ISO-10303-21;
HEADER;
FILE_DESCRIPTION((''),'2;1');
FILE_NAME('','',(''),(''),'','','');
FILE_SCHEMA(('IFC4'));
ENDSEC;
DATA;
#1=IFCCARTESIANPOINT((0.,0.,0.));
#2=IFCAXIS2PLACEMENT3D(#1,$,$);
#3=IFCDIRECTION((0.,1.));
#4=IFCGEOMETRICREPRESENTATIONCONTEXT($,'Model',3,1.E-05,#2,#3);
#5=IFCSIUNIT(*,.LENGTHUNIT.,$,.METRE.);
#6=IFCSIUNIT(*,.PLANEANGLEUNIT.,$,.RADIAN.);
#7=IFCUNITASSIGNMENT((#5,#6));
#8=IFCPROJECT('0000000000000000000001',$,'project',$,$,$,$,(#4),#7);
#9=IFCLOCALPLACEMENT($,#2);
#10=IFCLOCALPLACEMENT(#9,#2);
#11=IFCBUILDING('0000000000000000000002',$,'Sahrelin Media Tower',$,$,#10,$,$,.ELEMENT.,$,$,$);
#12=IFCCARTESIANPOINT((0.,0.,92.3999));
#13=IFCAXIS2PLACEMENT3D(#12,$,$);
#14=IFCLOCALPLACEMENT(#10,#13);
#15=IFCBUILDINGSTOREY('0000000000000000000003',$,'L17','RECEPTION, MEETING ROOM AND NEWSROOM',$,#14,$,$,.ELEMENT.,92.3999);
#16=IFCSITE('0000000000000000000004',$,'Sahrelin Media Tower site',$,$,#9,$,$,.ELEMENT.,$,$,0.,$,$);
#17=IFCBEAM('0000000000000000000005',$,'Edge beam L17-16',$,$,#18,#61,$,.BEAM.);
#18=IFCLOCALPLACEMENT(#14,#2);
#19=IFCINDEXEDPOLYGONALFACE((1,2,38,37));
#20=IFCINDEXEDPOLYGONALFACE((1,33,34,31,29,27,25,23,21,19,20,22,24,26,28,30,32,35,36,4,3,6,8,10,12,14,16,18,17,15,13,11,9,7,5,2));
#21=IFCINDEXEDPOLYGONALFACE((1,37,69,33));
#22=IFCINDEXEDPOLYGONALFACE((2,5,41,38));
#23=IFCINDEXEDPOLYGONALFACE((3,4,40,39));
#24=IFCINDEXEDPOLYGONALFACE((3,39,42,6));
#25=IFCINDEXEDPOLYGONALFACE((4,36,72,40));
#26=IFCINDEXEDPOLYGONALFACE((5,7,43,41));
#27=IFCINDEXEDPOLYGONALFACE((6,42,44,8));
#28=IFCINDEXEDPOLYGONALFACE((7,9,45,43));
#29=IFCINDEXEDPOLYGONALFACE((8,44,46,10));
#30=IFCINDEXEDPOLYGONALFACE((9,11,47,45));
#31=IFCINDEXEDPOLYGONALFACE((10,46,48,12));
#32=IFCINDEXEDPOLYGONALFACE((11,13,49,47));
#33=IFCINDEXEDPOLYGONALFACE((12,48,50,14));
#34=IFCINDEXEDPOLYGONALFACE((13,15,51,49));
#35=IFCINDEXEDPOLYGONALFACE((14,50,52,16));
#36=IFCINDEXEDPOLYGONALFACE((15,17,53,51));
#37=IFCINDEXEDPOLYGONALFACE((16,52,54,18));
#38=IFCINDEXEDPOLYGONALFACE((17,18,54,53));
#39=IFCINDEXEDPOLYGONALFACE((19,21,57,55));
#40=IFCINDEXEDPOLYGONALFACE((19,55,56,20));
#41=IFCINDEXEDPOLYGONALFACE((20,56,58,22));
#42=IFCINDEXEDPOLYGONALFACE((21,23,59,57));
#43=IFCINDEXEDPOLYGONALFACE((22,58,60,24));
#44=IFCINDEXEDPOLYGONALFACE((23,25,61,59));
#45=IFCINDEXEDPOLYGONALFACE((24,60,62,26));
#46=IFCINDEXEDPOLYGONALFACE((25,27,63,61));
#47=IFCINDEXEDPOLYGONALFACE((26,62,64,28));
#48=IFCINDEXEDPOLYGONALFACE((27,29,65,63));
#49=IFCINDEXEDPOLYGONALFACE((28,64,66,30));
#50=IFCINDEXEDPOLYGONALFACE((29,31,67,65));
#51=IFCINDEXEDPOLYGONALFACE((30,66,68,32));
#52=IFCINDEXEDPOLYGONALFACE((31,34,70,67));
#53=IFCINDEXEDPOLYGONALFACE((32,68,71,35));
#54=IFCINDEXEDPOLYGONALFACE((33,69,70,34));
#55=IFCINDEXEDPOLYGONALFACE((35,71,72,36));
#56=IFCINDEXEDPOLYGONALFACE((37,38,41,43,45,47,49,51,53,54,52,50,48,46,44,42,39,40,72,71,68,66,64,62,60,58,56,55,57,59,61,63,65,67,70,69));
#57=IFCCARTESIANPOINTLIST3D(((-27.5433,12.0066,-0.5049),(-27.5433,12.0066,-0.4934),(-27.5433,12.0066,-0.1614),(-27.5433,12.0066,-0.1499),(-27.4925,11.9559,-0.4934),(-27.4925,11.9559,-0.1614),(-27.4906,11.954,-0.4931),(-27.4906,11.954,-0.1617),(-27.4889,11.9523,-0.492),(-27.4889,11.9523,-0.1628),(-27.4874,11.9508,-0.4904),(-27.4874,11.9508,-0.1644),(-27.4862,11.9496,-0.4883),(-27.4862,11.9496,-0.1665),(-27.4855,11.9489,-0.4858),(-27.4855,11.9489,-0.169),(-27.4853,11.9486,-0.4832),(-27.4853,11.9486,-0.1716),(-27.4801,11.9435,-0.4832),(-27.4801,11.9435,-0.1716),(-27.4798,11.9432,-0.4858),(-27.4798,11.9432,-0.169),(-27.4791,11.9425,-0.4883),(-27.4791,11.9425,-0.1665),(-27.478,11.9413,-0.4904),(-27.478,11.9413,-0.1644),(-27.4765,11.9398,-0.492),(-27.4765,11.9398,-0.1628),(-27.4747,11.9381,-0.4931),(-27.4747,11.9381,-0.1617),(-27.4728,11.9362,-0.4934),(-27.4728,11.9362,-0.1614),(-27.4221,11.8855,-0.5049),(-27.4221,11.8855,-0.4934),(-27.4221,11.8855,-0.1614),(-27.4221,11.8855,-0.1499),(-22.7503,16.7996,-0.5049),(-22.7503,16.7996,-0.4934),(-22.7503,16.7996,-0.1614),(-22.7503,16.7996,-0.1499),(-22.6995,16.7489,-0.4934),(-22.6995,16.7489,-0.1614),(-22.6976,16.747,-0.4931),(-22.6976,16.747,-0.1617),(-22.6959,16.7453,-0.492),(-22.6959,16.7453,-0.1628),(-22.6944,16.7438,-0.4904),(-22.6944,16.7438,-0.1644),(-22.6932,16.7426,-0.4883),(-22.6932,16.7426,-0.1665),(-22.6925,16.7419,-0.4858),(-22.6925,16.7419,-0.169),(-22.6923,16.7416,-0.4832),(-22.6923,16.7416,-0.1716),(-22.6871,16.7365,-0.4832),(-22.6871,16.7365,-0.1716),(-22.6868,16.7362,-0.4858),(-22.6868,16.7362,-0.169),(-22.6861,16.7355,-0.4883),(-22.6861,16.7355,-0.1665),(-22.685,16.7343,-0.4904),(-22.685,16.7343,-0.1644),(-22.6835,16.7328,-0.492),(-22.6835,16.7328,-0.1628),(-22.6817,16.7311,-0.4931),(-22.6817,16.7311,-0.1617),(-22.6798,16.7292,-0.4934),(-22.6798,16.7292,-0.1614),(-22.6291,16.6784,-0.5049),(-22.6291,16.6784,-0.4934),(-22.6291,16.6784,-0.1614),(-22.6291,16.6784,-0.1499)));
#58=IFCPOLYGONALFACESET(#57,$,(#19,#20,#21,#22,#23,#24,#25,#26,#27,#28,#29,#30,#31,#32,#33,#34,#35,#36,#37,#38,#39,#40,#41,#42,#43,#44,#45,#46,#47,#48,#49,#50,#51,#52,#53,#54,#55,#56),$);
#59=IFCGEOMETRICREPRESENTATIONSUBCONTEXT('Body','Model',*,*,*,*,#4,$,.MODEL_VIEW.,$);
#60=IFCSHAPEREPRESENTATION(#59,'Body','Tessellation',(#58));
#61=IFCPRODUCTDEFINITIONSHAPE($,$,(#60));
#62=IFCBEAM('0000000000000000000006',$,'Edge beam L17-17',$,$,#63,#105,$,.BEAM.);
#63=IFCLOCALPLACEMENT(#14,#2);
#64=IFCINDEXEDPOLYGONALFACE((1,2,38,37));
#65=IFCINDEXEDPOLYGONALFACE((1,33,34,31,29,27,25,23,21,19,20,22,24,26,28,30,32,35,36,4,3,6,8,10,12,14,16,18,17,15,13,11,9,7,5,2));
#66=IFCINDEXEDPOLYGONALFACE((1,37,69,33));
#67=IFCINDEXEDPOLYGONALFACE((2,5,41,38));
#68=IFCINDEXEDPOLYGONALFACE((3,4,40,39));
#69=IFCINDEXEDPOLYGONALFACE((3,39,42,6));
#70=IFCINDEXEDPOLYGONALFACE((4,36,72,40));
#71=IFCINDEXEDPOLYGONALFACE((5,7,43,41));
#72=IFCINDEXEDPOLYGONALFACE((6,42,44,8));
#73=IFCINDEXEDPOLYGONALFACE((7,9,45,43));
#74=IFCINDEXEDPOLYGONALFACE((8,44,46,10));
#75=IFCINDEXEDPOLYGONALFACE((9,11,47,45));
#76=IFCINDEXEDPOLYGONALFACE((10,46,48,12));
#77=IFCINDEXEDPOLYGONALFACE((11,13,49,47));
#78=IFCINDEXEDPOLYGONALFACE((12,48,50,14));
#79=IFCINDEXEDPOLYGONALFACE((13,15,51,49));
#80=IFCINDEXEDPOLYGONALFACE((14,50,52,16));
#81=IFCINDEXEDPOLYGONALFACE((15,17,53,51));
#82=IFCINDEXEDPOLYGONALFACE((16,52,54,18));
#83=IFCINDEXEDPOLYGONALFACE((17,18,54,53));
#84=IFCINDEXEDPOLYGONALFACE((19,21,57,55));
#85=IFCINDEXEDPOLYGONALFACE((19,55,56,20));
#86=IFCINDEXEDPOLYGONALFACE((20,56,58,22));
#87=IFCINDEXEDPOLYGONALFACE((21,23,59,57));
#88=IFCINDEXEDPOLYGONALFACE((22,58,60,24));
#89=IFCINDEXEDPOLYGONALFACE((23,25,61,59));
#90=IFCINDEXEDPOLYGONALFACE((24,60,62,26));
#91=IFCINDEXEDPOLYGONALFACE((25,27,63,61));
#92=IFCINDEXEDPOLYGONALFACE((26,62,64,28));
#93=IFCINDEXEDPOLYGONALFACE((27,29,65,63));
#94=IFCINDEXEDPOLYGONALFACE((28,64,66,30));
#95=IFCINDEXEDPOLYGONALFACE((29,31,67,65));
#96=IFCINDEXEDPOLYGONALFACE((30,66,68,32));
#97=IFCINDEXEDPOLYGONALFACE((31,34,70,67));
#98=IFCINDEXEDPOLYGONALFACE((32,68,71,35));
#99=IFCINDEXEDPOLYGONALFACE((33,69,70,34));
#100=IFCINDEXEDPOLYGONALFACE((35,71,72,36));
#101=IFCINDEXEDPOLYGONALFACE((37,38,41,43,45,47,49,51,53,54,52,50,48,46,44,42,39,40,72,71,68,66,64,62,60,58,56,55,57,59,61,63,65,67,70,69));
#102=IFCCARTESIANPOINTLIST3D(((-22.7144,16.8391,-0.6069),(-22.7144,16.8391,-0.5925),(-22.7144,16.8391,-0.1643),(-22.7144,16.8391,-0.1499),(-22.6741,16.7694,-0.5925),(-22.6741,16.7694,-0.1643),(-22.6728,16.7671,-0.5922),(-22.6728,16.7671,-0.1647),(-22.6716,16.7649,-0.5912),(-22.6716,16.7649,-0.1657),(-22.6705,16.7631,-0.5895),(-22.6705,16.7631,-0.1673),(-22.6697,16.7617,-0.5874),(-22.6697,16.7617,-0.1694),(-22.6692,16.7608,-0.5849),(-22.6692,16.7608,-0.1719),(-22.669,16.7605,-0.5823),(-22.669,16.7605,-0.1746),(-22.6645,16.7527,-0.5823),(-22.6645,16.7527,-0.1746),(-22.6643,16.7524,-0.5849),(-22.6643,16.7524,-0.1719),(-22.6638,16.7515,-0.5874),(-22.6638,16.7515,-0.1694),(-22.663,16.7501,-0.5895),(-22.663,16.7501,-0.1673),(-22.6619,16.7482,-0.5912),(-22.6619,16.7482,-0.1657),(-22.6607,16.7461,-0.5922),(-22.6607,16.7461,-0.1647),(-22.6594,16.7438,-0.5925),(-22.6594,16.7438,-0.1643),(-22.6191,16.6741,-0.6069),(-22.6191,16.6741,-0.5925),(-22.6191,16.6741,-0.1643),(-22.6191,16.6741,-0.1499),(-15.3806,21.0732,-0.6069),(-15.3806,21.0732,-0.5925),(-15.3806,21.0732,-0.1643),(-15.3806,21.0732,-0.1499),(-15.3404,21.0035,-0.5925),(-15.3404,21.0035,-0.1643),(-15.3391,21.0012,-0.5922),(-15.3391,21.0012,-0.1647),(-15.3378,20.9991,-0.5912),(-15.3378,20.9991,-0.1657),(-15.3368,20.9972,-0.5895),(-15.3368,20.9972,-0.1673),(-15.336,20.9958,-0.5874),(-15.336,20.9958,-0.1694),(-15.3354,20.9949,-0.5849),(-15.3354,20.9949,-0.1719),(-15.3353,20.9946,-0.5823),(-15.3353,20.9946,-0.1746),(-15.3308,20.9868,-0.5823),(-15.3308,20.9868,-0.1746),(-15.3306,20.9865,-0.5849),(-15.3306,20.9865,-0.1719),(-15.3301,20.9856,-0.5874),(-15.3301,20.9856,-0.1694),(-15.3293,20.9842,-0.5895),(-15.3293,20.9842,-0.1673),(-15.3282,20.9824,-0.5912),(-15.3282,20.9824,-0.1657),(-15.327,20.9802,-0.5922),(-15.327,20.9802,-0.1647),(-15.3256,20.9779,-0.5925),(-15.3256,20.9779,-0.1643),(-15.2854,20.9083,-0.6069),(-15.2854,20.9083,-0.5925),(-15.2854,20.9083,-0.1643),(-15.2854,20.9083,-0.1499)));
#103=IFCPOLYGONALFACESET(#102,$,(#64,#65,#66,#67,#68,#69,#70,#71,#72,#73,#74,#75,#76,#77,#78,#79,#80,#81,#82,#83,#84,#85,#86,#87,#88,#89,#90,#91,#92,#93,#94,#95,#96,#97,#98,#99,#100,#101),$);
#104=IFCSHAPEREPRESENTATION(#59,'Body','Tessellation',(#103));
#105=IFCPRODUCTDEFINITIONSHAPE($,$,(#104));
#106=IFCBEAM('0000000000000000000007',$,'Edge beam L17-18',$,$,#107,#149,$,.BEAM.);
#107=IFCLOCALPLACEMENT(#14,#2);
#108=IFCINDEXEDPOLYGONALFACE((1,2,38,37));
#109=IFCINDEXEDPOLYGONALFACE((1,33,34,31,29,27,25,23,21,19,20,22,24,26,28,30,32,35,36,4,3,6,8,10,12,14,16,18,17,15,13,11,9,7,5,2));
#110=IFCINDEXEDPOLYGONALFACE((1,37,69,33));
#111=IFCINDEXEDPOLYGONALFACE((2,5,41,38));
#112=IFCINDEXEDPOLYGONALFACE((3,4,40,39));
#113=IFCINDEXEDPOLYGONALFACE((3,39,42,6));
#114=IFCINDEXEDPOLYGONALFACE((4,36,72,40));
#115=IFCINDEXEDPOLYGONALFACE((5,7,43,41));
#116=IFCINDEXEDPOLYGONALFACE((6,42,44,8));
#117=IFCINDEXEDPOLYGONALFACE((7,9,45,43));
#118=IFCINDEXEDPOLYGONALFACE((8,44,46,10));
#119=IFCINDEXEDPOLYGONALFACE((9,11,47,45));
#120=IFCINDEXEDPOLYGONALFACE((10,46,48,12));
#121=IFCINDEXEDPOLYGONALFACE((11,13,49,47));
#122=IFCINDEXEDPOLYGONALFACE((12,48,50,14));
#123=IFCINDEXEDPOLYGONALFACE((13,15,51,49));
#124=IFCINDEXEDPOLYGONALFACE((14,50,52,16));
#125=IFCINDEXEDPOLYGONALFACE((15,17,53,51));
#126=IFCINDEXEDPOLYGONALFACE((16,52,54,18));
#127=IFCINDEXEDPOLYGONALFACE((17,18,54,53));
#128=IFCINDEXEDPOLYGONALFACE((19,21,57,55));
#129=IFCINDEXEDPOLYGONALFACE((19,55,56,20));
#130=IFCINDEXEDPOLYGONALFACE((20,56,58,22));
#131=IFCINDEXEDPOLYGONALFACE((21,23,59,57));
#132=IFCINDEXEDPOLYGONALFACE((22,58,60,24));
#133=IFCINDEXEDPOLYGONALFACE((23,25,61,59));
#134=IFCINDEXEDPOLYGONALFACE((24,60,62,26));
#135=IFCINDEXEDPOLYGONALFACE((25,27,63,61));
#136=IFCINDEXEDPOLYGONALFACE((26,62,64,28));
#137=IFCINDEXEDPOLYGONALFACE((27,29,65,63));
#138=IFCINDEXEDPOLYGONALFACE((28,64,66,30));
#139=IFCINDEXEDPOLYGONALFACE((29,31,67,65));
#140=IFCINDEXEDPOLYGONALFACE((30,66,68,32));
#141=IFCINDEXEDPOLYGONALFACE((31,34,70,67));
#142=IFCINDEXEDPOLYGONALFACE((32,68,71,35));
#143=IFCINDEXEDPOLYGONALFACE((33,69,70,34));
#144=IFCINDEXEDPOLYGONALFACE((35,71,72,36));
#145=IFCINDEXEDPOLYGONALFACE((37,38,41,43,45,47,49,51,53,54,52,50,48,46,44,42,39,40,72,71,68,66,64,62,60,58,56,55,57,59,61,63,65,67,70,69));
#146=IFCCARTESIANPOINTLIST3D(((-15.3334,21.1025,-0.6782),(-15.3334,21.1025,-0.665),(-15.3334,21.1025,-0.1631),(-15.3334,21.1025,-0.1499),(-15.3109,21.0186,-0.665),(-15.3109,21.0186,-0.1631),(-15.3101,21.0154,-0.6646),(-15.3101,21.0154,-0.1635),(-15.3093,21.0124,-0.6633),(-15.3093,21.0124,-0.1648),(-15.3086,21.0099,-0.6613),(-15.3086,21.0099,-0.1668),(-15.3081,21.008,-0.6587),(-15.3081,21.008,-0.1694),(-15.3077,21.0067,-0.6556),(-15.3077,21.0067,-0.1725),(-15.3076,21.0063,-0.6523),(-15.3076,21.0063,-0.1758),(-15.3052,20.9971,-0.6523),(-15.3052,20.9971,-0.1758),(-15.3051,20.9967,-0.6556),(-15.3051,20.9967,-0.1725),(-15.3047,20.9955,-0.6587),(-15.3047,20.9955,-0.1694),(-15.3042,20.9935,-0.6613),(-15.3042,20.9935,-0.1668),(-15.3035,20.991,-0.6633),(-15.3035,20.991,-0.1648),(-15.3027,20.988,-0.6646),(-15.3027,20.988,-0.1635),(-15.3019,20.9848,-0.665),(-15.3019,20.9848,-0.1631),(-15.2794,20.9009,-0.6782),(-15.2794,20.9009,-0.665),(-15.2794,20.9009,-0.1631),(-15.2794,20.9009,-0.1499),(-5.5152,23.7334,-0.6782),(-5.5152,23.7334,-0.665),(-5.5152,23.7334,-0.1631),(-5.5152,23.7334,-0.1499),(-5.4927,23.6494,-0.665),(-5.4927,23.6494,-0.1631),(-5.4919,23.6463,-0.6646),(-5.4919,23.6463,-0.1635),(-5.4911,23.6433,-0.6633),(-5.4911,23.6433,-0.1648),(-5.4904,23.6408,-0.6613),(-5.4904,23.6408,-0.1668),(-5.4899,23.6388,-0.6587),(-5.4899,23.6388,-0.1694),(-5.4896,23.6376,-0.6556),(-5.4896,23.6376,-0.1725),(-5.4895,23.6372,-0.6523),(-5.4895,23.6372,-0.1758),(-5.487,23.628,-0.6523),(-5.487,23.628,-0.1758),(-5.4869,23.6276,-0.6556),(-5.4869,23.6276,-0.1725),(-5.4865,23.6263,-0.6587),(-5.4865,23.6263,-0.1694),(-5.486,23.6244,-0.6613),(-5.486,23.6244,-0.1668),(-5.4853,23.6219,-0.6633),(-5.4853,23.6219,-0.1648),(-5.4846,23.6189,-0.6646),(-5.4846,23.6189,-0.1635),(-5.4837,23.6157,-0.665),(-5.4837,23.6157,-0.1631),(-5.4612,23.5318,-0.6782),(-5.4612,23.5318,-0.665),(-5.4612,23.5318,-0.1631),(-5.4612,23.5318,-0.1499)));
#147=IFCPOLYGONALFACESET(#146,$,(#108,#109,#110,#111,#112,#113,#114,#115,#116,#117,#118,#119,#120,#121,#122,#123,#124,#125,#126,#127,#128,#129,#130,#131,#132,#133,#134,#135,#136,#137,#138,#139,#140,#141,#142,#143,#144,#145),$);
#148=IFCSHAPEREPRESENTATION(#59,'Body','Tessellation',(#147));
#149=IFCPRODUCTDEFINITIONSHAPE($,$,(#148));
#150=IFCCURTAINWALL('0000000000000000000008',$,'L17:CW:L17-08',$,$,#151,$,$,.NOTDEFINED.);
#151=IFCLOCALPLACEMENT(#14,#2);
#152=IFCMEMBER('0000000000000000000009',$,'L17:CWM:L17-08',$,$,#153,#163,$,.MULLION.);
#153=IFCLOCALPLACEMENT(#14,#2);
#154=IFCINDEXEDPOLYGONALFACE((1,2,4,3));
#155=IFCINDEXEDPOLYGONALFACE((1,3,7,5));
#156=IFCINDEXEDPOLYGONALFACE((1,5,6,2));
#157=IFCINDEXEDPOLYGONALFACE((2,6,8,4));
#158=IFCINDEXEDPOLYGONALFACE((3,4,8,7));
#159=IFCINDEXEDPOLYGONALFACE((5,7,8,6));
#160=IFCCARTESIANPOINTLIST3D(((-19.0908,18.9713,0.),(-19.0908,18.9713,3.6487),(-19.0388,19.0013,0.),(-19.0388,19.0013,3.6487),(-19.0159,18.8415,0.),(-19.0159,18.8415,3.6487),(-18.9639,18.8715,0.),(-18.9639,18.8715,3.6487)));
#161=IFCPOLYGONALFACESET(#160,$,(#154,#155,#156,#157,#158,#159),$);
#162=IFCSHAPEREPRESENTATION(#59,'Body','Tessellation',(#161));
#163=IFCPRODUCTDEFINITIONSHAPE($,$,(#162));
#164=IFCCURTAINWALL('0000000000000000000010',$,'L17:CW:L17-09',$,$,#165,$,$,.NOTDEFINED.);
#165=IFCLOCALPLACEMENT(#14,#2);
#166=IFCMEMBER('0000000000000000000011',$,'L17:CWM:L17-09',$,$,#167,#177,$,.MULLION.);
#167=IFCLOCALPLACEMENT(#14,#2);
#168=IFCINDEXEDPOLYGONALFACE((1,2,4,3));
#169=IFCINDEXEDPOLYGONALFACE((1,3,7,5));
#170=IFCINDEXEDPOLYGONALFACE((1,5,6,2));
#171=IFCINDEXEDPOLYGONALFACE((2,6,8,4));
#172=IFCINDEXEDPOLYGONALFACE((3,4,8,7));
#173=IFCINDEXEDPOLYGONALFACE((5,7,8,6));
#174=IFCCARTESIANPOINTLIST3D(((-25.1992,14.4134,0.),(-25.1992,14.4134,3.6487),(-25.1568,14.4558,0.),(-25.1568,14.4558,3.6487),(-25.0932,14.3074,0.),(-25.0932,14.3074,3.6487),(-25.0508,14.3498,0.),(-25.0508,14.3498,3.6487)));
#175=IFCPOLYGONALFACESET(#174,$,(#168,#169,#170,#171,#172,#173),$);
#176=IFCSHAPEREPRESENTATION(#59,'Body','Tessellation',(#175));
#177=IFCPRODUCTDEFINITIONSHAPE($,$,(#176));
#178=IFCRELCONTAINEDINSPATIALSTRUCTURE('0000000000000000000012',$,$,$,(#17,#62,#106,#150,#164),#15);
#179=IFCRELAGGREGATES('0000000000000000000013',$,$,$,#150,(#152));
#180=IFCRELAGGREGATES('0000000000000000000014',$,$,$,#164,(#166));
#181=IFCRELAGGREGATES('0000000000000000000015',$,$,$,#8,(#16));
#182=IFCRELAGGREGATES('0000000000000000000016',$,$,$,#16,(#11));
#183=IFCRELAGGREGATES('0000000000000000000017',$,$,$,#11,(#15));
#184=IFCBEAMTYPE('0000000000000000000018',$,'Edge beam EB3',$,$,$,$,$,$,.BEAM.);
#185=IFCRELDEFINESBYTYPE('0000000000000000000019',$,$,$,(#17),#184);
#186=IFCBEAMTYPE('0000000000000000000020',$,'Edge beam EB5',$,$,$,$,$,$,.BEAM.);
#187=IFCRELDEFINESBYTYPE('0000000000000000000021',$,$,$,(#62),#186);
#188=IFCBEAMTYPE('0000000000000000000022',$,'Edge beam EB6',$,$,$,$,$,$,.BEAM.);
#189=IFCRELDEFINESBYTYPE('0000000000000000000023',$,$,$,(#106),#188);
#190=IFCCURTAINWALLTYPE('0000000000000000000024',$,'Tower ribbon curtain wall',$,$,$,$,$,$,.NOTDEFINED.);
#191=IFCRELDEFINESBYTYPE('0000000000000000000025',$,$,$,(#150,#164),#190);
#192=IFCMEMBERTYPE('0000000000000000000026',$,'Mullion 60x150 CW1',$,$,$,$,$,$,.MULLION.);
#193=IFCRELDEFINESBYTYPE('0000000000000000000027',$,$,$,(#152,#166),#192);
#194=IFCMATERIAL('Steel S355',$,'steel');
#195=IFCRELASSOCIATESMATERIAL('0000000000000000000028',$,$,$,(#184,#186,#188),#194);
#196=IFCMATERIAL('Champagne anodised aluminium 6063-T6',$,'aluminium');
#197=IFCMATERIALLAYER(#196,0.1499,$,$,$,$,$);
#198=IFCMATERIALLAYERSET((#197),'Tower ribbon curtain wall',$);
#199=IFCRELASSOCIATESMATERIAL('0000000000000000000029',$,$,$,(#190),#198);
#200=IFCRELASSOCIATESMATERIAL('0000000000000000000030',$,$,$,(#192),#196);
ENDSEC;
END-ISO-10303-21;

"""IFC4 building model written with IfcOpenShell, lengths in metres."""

from ifc_helpers import new_model, si_unit, direction, frame, origin, origin_2d, place, context, subcontext, project, spatial, rectangle, i_section, extrude, material, layer, layer_set, material_profile, profile_set, type_object, element, aggregate, save


model = new_model("IFC4")

# Units and contexts
model_context = context("Model", 3, precision=1e-05, world=origin(), true_north=direction((0.0, 1.0)))
body_context = subcontext(model_context, "Body", "Model", "MODEL_VIEW")
ifc_project = project(units=[si_unit("LENGTHUNIT", "METRE"), si_unit("PLANEANGLEUNIT", "RADIAN")], contexts=[model_context])

# Site, building, storey
site_placement = place(None, origin())
site = spatial("IfcSite", under=ifc_project, at=site_placement, Name="Sahrelin Media Tower site", CompositionType="ELEMENT", RefElevation=0.0)
building_placement = place(site_placement, origin())
building = spatial("IfcBuilding", under=site, at=building_placement, Name="Sahrelin Media Tower", CompositionType="ELEMENT")
storey_placement = place(building_placement, frame((0.0, 0.0, 92.3999)))
storey = spatial("IfcBuildingStorey", under=building, at=storey_placement, Name="L17", Description="RECEPTION, MEETING ROOM AND NEWSROOM", CompositionType="ELEMENT", Elevation=92.3999)

# Beams
ifc_material_1 = material(Name="Steel S355", Category="steel")
ifc_material_profile_1 = material_profile(ifc_material_1, i_section(OverallWidth=0.1714, OverallDepth=0.355, WebThickness=0.0073, FlangeThickness=0.0115, FilletRadius=0.0103, at=origin_2d()), Name="UB 356x171x51")
ifc_profile_set_1 = profile_set([ifc_material_profile_1], Name="Steel S355")
beam_type_1 = type_object("IfcBeamType", Name="Edge beam EB3", PredefinedType="BEAM", material=ifc_profile_set_1)
beam_1_placement = place(storey_placement, frame((-27.4827, 11.946, -0.3274), z_axis=(0.707107, 0.707107, 0.0), x_axis=(-0.707107, 0.707107, 0.0)))
element("IfcBeam", 1, at=beam_1_placement, inside=storey, type_object=beam_type_1, Name="Edge beam L17-16", PredefinedType="BEAM", context=body_context, shape_type="SweptSolid", body=[
    extrude(i_section(OverallWidth=0.1714, OverallDepth=0.355, WebThickness=0.0073, FlangeThickness=0.0115, FilletRadius=0.0103, at=origin_2d()), origin(), (0.0, 0.0, 1.0), 6.7783),
])
ifc_material_profile_2 = material_profile(ifc_material_1, i_section(OverallWidth=0.1904, OverallDepth=0.457, WebThickness=0.009, FlangeThickness=0.0144, FilletRadius=0.0103, at=origin_2d()), Name="UB 457x191x74")
ifc_profile_set_2 = profile_set([ifc_material_profile_2], Name="Steel S355")
beam_type_2 = type_object("IfcBeamType", Name="Edge beam EB5", PredefinedType="BEAM", material=ifc_profile_set_2)
beam_2_placement = place(storey_placement, frame((-22.6667, 16.7566, -0.3784), z_axis=(0.866026, 0.499999, 0.0), x_axis=(-0.499999, 0.866026, 0.0)))
element("IfcBeam", 2, at=beam_2_placement, inside=storey, type_object=beam_type_2, Name="Edge beam L17-17", PredefinedType="BEAM", context=body_context, shape_type="SweptSolid", body=[
    extrude(i_section(OverallWidth=0.1904, OverallDepth=0.457, WebThickness=0.009, FlangeThickness=0.0144, FilletRadius=0.0103, at=origin_2d()), origin(), (0.0, 0.0, 1.0), 8.4683),
])
ifc_material_profile_3 = material_profile(ifc_material_1, i_section(OverallWidth=0.2087, OverallDepth=0.5283, WebThickness=0.0095, FlangeThickness=0.0132, FilletRadius=0.0127, at=origin_2d()), Name="UB 533x210x82")
ifc_profile_set_3 = profile_set([ifc_material_profile_3], Name="Steel S355")
beam_type_3 = type_object("IfcBeamType", Name="Edge beam EB6", PredefinedType="BEAM", material=ifc_profile_set_3)
beam_3_placement = place(storey_placement, frame((-15.3064, 21.0017, -0.4141), z_axis=(0.965923, 0.258829, 0.0), x_axis=(-0.258829, 0.965923, 0.0)))
element("IfcBeam", 3, at=beam_3_placement, inside=storey, type_object=beam_type_3, Name="Edge beam L17-18", PredefinedType="BEAM", context=body_context, shape_type="SweptSolid", body=[
    extrude(i_section(OverallWidth=0.2087, OverallDepth=0.5283, WebThickness=0.0095, FlangeThickness=0.0132, FilletRadius=0.0127, at=origin_2d()), origin(), (0.0, 0.0, 1.0), 10.1646),
])

# Curtain walls, members
ifc_material_2 = material(Name="Champagne anodised aluminium 6063-T6", Category="aluminium")
ifc_layer_1 = layer(ifc_material_2, 0.1499)
ifc_layer_set_1 = layer_set([ifc_layer_1], Name="Tower ribbon curtain wall")
curtain_wall_type = type_object("IfcCurtainWallType", Name="Tower ribbon curtain wall", PredefinedType="NOTDEFINED", material=ifc_layer_set_1)
curtain_wall_1_placement = place(storey_placement, frame((-19.075, 19.0037, 0.0), z_axis=(0.0, 0.0, 1.0), x_axis=(1.0, 0.0, 0.0)))
curtain_wall_1 = element("IfcCurtainWall", 4, at=curtain_wall_1_placement, inside=storey, type_object=curtain_wall_type, Name="L17:CW:L17-08", PredefinedType="NOTDEFINED")
ifc_material_profile_4 = material_profile(ifc_material_2, rectangle(XDim=0.0601, YDim=0.1499, at=origin_2d()), Name="Mullion 60x150")
ifc_profile_set_4 = profile_set([ifc_material_profile_4], Name="Champagne anodised aluminium 6063-T6")
member_type_1 = type_object("IfcMemberType", Name="Mullion 60x150 CW1", PredefinedType="MULLION", material=ifc_profile_set_4)
member_1_placement = place(storey_placement, frame((-19.0273, 18.9214, 0.0), z_axis=(0.0, 0.0, 1.0), x_axis=(-0.866023, -0.500005, 0.0)))
member_1 = element("IfcMember", 5, at=member_1_placement, type_object=member_type_1, Name="L17:CWM:L17-08", PredefinedType="MULLION", context=body_context, shape_type="SweptSolid", body=[
    extrude(rectangle(XDim=0.0601, YDim=0.1499, at=origin_2d()), origin(), (0.0, 0.0, 1.0), 3.6487),
])
curtain_wall_2_placement = place(storey_placement, frame((-25.1921, 14.4485, 0.0), z_axis=(0.0, 0.0, 1.0), x_axis=(1.0, 0.0, 0.0)))
curtain_wall_2 = element("IfcCurtainWall", 6, at=curtain_wall_2_placement, inside=storey, type_object=curtain_wall_type, Name="L17:CW:L17-09", PredefinedType="NOTDEFINED")
member_2_placement = place(storey_placement, frame((-25.125, 14.3816, 0.0), z_axis=(0.0, 0.0, 1.0), x_axis=(-0.707114, -0.707099, 0.0)))
member_2 = element("IfcMember", 7, at=member_2_placement, type_object=member_type_1, Name="L17:CWM:L17-09", PredefinedType="MULLION", context=body_context, shape_type="SweptSolid", body=[
    extrude(rectangle(XDim=0.0601, YDim=0.1499, at=origin_2d()), origin(), (0.0, 0.0, 1.0), 3.6487),
])

aggregate(curtain_wall_1, [member_1])
aggregate(curtain_wall_2, [member_2])

save(model, "model.ifc")
